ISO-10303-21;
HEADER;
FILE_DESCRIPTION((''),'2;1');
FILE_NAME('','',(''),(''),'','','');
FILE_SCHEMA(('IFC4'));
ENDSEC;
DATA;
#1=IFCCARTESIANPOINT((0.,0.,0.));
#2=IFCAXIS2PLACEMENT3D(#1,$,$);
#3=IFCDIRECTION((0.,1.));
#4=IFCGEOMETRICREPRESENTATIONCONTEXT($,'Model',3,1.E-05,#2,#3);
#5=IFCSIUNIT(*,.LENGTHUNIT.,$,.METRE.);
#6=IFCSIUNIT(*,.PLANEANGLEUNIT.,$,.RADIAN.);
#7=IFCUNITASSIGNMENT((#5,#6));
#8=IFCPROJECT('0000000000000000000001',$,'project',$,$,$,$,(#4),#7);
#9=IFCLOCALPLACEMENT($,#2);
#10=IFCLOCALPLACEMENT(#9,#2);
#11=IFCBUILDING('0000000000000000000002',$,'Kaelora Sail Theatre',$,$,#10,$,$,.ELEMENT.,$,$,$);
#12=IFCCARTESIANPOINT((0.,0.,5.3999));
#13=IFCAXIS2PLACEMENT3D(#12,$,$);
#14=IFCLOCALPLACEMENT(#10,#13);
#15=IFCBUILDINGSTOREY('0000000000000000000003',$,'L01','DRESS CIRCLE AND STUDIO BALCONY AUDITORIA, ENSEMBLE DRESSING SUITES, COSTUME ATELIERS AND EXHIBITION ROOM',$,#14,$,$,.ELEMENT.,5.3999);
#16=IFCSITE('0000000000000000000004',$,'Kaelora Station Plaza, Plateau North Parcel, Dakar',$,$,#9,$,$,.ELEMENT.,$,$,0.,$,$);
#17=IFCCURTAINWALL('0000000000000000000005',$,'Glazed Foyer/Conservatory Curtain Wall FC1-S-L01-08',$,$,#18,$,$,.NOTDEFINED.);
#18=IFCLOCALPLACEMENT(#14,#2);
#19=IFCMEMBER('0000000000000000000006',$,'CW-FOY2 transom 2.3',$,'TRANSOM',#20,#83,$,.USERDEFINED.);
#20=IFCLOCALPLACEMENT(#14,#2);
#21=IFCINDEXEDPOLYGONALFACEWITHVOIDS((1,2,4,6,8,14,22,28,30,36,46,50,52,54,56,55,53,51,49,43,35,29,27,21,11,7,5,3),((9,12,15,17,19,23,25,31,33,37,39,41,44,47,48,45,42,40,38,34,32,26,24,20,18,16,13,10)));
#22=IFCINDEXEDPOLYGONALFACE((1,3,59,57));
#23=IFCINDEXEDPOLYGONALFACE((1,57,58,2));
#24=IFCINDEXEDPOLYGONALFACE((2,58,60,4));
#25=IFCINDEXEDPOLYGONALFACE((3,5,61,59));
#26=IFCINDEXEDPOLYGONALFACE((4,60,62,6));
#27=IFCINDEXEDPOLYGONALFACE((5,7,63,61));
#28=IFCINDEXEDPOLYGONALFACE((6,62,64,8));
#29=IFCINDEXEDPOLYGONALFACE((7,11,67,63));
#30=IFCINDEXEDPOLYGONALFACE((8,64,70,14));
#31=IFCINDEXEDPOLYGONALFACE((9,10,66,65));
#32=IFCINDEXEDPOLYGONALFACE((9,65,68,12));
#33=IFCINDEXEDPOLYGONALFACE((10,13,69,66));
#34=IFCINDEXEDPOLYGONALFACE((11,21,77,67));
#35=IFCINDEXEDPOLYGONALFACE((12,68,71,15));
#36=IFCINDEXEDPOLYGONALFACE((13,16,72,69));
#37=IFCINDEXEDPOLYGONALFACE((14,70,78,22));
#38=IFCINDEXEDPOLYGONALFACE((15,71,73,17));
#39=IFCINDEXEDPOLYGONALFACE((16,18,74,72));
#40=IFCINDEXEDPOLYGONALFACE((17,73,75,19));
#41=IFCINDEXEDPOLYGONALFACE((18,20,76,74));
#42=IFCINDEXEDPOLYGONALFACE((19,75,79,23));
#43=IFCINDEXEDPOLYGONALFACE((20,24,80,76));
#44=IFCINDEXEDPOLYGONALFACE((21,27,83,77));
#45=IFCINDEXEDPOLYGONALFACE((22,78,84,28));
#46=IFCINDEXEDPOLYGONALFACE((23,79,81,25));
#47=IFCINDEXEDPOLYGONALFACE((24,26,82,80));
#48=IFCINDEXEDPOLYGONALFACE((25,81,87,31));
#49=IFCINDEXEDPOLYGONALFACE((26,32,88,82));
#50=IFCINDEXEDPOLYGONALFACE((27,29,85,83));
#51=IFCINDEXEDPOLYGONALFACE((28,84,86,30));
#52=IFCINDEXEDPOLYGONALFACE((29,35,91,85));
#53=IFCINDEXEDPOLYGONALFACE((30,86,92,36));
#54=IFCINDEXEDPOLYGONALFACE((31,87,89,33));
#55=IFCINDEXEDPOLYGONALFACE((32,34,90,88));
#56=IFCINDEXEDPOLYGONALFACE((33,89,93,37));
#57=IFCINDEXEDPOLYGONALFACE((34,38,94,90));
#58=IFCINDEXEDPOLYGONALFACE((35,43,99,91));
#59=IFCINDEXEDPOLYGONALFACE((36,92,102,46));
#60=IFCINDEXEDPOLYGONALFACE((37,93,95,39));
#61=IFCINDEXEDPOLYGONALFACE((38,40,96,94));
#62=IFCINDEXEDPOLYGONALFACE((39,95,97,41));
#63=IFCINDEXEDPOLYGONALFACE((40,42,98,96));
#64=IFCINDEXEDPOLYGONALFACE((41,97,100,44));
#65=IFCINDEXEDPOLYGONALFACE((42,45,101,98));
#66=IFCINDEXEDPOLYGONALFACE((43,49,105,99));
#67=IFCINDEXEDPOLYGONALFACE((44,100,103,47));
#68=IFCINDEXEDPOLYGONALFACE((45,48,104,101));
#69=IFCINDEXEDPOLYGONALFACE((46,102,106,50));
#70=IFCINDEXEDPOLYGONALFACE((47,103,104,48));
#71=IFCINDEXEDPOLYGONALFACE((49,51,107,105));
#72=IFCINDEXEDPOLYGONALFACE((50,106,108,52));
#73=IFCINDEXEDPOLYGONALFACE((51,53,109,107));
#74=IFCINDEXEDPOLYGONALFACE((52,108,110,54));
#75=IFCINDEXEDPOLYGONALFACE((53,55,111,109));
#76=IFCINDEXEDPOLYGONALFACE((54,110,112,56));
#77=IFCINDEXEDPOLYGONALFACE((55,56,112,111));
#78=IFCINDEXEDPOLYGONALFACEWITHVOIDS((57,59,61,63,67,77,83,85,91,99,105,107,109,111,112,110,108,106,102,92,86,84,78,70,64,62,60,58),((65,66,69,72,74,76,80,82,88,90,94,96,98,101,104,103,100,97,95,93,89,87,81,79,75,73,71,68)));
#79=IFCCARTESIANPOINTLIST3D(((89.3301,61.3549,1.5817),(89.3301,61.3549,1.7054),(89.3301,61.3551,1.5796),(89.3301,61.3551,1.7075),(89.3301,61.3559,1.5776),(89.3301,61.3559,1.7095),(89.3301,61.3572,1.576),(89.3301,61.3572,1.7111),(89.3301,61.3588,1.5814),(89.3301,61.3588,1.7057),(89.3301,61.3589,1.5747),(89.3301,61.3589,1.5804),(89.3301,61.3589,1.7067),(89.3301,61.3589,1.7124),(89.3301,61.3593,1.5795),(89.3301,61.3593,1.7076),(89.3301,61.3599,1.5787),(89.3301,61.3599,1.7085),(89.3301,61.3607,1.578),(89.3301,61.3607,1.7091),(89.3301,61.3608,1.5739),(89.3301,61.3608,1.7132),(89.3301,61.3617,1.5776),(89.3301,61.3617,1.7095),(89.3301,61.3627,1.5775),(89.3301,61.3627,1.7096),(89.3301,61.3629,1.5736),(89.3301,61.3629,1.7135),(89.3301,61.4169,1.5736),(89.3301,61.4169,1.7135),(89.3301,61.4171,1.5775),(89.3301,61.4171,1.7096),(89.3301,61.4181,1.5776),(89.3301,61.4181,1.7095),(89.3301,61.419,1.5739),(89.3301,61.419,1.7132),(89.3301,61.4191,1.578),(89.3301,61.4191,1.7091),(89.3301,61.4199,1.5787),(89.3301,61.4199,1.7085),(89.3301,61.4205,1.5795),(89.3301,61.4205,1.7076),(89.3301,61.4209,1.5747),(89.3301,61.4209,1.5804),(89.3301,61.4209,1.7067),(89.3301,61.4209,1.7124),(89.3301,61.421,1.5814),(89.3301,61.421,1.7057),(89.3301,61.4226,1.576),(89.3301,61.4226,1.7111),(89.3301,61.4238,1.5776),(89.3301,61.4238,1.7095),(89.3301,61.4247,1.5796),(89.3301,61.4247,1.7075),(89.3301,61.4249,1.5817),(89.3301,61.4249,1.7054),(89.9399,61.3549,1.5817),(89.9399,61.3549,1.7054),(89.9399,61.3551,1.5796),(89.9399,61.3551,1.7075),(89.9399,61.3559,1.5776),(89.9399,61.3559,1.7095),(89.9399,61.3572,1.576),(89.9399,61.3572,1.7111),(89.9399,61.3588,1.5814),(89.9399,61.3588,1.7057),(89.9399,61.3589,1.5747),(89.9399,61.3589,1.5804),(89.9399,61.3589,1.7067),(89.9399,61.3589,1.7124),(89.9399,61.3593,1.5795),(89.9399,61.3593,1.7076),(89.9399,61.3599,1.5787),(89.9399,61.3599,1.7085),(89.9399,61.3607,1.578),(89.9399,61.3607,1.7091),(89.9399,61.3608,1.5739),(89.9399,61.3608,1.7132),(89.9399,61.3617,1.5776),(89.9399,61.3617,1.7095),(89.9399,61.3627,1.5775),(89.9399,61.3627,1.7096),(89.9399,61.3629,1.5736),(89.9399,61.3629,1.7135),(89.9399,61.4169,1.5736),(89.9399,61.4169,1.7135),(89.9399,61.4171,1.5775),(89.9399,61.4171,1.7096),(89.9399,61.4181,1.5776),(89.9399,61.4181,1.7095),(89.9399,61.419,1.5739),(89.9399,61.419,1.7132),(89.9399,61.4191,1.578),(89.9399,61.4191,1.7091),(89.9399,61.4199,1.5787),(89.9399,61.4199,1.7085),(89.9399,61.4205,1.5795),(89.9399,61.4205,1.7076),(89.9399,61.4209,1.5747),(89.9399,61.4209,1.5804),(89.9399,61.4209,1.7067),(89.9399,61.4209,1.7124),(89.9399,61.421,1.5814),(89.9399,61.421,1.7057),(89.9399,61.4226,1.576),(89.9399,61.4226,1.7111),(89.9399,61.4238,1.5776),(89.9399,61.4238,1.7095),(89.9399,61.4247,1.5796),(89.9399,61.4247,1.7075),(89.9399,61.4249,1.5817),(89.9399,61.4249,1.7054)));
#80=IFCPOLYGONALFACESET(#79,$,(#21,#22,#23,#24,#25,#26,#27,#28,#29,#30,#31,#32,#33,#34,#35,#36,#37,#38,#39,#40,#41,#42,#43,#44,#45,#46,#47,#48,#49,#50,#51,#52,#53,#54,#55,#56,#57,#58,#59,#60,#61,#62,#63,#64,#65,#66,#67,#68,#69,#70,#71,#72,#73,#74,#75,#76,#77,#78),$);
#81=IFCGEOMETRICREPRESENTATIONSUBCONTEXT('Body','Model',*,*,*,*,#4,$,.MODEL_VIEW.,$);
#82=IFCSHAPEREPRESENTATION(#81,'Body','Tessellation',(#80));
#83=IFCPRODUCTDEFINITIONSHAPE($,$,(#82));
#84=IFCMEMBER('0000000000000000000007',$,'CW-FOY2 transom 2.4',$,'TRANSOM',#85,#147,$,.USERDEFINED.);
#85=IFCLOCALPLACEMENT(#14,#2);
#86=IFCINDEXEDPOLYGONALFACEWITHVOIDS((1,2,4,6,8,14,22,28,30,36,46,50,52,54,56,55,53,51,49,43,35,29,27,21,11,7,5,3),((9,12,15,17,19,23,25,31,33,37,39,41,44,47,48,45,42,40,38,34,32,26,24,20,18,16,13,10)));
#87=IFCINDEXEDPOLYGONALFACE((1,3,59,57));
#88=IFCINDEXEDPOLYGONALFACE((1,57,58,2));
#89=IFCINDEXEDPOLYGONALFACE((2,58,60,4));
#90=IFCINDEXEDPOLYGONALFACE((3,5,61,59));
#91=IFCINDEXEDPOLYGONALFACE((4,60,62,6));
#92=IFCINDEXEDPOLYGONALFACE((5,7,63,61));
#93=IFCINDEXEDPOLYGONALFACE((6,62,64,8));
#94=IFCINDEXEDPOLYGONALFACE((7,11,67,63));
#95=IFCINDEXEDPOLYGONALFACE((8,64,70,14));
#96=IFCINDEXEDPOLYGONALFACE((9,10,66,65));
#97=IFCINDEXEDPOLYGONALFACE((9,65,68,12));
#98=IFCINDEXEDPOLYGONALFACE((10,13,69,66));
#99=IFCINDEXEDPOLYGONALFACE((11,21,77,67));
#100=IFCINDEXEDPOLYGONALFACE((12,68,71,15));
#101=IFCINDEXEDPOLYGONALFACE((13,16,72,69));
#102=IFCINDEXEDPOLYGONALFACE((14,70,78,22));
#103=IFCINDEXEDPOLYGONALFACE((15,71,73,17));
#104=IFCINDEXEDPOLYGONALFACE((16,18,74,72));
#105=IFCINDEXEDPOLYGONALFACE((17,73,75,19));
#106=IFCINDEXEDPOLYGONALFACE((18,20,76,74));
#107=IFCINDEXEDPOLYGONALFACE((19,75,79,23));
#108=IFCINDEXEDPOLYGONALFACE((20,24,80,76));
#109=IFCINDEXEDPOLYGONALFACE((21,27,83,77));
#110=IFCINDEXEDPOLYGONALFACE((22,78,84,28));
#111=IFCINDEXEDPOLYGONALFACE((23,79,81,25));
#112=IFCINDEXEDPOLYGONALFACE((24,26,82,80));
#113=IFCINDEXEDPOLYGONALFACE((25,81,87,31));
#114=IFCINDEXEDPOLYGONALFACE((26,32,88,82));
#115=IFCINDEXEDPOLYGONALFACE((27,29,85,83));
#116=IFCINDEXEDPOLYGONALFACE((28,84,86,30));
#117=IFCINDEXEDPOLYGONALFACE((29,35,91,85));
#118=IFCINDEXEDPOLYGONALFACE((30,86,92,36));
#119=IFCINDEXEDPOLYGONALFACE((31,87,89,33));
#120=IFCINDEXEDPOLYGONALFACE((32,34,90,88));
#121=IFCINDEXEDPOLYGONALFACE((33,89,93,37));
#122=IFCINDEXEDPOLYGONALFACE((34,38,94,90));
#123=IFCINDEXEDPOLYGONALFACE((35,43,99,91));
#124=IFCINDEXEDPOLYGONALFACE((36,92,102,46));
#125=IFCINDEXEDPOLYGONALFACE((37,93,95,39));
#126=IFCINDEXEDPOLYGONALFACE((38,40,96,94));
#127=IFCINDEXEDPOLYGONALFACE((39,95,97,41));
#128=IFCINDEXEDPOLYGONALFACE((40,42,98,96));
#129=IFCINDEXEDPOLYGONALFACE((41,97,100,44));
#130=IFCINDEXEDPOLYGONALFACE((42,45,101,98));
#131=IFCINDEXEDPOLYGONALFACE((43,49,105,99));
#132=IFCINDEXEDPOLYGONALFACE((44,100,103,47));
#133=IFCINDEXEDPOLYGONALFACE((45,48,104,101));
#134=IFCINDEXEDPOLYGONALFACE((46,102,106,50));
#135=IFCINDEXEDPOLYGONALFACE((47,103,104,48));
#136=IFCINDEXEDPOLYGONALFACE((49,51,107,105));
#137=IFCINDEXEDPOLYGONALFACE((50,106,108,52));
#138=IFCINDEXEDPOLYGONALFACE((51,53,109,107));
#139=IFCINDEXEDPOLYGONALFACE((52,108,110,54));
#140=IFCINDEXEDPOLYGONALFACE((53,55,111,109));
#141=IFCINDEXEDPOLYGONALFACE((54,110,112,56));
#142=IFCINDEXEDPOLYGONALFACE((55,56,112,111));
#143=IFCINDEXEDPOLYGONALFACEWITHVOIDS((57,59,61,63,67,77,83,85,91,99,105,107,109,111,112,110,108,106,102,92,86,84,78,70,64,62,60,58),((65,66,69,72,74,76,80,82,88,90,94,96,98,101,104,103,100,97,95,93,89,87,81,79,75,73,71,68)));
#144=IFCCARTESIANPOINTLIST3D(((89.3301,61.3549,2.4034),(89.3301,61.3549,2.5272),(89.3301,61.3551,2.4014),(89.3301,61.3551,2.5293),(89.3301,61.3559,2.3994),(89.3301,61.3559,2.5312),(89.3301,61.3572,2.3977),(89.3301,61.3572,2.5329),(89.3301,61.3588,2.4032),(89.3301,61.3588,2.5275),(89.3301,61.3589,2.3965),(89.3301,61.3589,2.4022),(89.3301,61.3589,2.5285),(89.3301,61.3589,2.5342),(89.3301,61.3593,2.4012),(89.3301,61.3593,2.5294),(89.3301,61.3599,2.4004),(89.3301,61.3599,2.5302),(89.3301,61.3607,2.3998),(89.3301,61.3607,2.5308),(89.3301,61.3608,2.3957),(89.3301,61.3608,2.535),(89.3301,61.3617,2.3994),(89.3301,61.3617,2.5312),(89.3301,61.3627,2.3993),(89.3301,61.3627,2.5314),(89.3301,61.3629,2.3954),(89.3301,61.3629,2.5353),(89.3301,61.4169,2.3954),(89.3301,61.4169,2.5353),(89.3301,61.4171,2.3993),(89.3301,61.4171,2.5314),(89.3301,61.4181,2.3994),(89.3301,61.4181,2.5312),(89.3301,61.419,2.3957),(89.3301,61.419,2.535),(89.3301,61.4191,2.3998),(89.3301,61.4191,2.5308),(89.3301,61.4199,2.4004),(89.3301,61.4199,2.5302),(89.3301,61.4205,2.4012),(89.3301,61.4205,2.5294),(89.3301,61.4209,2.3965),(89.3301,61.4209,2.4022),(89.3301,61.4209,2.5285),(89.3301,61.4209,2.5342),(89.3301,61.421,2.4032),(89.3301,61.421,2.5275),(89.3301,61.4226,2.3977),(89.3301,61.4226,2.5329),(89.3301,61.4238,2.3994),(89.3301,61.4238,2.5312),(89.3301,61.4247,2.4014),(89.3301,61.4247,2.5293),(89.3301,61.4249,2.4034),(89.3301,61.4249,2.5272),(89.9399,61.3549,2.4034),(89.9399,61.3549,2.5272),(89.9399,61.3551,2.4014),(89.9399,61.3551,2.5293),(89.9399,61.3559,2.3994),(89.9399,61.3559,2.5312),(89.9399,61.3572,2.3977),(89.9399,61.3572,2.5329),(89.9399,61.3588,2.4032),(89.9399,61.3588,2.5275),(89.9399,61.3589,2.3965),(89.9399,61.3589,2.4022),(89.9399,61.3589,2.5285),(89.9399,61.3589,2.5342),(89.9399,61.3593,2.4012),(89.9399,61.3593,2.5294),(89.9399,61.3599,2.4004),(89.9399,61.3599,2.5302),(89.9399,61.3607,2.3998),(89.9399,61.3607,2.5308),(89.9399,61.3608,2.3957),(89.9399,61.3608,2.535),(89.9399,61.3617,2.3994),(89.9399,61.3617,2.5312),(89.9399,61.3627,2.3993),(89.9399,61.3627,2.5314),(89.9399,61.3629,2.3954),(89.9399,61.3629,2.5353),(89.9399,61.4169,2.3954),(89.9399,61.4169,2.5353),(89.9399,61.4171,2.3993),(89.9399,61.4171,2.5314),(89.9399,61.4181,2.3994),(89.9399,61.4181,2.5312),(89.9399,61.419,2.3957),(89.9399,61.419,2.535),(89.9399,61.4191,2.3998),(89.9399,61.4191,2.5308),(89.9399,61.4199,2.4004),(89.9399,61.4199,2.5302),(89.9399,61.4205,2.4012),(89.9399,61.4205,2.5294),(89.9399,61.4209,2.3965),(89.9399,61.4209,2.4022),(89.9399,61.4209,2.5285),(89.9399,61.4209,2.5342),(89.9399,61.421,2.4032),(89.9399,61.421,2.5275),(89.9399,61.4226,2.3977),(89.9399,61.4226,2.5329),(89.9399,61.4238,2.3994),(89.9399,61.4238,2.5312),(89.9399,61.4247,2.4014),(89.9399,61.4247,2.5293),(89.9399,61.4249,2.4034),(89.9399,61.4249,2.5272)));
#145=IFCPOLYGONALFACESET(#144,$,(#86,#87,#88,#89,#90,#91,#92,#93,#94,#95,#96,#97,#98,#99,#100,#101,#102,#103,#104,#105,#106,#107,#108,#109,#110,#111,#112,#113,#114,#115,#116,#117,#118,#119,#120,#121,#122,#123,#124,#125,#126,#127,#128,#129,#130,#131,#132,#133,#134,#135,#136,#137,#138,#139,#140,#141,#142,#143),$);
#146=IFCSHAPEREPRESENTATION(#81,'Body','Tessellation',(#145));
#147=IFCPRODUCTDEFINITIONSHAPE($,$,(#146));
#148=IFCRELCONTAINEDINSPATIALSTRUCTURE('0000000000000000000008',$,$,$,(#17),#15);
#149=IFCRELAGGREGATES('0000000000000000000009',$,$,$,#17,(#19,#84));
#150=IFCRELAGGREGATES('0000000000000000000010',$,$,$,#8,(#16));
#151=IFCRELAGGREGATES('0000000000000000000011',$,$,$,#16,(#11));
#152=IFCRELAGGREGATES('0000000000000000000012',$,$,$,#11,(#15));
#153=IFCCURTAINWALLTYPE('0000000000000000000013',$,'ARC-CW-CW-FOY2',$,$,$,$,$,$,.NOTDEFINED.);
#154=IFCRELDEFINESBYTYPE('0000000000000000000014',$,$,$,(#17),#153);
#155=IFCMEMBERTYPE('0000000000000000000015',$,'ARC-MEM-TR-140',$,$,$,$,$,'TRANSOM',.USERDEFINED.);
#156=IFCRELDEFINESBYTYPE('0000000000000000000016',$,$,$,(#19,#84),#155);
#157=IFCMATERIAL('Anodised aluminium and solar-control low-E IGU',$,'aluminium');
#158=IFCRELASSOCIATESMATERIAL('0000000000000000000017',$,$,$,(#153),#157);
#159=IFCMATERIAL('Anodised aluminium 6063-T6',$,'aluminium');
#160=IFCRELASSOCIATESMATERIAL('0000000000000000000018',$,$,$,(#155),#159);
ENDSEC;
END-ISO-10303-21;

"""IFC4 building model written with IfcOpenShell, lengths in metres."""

from ifc_helpers import new_model, si_unit, direction, frame, origin, origin_2d, place, context, subcontext, project, spatial, hollow_rectangle, extrude, material, material_profile, profile_set, type_object, element, aggregate, save


model = new_model("IFC4")

# Units and contexts
model_context = context("Model", 3, precision=1e-05, world=origin(), true_north=direction((0.0, 1.0)))
body_context = subcontext(model_context, "Body", "Model", "MODEL_VIEW")
ifc_project = project(units=[si_unit("LENGTHUNIT", "METRE"), si_unit("PLANEANGLEUNIT", "RADIAN")], contexts=[model_context])

# Site, building, storey
site_placement = place(None, origin())
site = spatial("IfcSite", under=ifc_project, at=site_placement, Name="Kaelora Station Plaza, Plateau North Parcel, Dakar", CompositionType="ELEMENT", RefElevation=0.0)
building_placement = place(site_placement, origin())
building = spatial("IfcBuilding", under=site, at=building_placement, Name="Kaelora Sail Theatre", CompositionType="ELEMENT")
storey_placement = place(building_placement, frame((0.0, 0.0, 5.3999)))
storey = spatial("IfcBuildingStorey", under=building, at=storey_placement, Name="L01", Description="DRESS CIRCLE AND STUDIO BALCONY AUDITORIA, ENSEMBLE DRESSING SUITES, COSTUME ATELIERS AND EXHIBITION ROOM", CompositionType="ELEMENT", Elevation=5.3999)

# Curtain wall, members
ifc_material_1 = material(Name="Anodised aluminium and solar-control low-E IGU", Category="aluminium")
curtain_wall_type = type_object("IfcCurtainWallType", Name="ARC-CW-CW-FOY2", PredefinedType="NOTDEFINED", material=ifc_material_1)
curtain_wall_placement = place(storey_placement, origin())
curtain_wall = element("IfcCurtainWall", 1, at=curtain_wall_placement, inside=storey, type_object=curtain_wall_type, Name="Glazed Foyer/Conservatory Curtain Wall FC1-S-L01-08", PredefinedType="NOTDEFINED")
ifc_material_2 = material(Name="Anodised aluminium 6063-T6", Category="aluminium")
ifc_material_profile_1 = material_profile(ifc_material_2, hollow_rectangle(XDim=0.0701, YDim=0.1399, WallThickness=0.0039, InnerFilletRadius=0.0039, OuterFilletRadius=0.0081, at=origin_2d()), Name="ALU-TRAN 70x140x4")
ifc_profile_set_1 = profile_set([ifc_material_profile_1], Name="Anodised aluminium 6063-T6")
member_type_1 = type_object("IfcMemberType", Name="ARC-MEM-TR-140", ElementType="TRANSOM", PredefinedType="USERDEFINED", material=ifc_profile_set_1)
member_1_placement = place(storey_placement, frame((89.3301, 61.3899, 1.6436), z_axis=(1.0, 0.0, 0.0), x_axis=(0.0, 1.0, 0.0)))
member_1 = element("IfcMember", 2, at=member_1_placement, type_object=member_type_1, Name="CW-FOY2 transom 2.3", ObjectType="TRANSOM", PredefinedType="USERDEFINED", context=body_context, shape_type="SweptSolid", body=[
    extrude(hollow_rectangle(XDim=0.0701, YDim=0.1399, WallThickness=0.0039, InnerFilletRadius=0.0039, OuterFilletRadius=0.0081, at=origin_2d()), origin(), (0.0, 0.0, 1.0), 0.6099),
])
member_2_placement = place(storey_placement, frame((89.3301, 61.3899, 2.4653), z_axis=(1.0, 0.0, 0.0), x_axis=(0.0, 1.0, 0.0)))
member_2 = element("IfcMember", 3, at=member_2_placement, type_object=member_type_1, Name="CW-FOY2 transom 2.4", ObjectType="TRANSOM", PredefinedType="USERDEFINED", context=body_context, shape_type="SweptSolid", body=[
    extrude(hollow_rectangle(XDim=0.0701, YDim=0.1399, WallThickness=0.0039, InnerFilletRadius=0.0039, OuterFilletRadius=0.0081, at=origin_2d()), origin(), (0.0, 0.0, 1.0), 0.6099),
])

aggregate(curtain_wall, [member_1, member_2])

save(model, "model.ifc")
